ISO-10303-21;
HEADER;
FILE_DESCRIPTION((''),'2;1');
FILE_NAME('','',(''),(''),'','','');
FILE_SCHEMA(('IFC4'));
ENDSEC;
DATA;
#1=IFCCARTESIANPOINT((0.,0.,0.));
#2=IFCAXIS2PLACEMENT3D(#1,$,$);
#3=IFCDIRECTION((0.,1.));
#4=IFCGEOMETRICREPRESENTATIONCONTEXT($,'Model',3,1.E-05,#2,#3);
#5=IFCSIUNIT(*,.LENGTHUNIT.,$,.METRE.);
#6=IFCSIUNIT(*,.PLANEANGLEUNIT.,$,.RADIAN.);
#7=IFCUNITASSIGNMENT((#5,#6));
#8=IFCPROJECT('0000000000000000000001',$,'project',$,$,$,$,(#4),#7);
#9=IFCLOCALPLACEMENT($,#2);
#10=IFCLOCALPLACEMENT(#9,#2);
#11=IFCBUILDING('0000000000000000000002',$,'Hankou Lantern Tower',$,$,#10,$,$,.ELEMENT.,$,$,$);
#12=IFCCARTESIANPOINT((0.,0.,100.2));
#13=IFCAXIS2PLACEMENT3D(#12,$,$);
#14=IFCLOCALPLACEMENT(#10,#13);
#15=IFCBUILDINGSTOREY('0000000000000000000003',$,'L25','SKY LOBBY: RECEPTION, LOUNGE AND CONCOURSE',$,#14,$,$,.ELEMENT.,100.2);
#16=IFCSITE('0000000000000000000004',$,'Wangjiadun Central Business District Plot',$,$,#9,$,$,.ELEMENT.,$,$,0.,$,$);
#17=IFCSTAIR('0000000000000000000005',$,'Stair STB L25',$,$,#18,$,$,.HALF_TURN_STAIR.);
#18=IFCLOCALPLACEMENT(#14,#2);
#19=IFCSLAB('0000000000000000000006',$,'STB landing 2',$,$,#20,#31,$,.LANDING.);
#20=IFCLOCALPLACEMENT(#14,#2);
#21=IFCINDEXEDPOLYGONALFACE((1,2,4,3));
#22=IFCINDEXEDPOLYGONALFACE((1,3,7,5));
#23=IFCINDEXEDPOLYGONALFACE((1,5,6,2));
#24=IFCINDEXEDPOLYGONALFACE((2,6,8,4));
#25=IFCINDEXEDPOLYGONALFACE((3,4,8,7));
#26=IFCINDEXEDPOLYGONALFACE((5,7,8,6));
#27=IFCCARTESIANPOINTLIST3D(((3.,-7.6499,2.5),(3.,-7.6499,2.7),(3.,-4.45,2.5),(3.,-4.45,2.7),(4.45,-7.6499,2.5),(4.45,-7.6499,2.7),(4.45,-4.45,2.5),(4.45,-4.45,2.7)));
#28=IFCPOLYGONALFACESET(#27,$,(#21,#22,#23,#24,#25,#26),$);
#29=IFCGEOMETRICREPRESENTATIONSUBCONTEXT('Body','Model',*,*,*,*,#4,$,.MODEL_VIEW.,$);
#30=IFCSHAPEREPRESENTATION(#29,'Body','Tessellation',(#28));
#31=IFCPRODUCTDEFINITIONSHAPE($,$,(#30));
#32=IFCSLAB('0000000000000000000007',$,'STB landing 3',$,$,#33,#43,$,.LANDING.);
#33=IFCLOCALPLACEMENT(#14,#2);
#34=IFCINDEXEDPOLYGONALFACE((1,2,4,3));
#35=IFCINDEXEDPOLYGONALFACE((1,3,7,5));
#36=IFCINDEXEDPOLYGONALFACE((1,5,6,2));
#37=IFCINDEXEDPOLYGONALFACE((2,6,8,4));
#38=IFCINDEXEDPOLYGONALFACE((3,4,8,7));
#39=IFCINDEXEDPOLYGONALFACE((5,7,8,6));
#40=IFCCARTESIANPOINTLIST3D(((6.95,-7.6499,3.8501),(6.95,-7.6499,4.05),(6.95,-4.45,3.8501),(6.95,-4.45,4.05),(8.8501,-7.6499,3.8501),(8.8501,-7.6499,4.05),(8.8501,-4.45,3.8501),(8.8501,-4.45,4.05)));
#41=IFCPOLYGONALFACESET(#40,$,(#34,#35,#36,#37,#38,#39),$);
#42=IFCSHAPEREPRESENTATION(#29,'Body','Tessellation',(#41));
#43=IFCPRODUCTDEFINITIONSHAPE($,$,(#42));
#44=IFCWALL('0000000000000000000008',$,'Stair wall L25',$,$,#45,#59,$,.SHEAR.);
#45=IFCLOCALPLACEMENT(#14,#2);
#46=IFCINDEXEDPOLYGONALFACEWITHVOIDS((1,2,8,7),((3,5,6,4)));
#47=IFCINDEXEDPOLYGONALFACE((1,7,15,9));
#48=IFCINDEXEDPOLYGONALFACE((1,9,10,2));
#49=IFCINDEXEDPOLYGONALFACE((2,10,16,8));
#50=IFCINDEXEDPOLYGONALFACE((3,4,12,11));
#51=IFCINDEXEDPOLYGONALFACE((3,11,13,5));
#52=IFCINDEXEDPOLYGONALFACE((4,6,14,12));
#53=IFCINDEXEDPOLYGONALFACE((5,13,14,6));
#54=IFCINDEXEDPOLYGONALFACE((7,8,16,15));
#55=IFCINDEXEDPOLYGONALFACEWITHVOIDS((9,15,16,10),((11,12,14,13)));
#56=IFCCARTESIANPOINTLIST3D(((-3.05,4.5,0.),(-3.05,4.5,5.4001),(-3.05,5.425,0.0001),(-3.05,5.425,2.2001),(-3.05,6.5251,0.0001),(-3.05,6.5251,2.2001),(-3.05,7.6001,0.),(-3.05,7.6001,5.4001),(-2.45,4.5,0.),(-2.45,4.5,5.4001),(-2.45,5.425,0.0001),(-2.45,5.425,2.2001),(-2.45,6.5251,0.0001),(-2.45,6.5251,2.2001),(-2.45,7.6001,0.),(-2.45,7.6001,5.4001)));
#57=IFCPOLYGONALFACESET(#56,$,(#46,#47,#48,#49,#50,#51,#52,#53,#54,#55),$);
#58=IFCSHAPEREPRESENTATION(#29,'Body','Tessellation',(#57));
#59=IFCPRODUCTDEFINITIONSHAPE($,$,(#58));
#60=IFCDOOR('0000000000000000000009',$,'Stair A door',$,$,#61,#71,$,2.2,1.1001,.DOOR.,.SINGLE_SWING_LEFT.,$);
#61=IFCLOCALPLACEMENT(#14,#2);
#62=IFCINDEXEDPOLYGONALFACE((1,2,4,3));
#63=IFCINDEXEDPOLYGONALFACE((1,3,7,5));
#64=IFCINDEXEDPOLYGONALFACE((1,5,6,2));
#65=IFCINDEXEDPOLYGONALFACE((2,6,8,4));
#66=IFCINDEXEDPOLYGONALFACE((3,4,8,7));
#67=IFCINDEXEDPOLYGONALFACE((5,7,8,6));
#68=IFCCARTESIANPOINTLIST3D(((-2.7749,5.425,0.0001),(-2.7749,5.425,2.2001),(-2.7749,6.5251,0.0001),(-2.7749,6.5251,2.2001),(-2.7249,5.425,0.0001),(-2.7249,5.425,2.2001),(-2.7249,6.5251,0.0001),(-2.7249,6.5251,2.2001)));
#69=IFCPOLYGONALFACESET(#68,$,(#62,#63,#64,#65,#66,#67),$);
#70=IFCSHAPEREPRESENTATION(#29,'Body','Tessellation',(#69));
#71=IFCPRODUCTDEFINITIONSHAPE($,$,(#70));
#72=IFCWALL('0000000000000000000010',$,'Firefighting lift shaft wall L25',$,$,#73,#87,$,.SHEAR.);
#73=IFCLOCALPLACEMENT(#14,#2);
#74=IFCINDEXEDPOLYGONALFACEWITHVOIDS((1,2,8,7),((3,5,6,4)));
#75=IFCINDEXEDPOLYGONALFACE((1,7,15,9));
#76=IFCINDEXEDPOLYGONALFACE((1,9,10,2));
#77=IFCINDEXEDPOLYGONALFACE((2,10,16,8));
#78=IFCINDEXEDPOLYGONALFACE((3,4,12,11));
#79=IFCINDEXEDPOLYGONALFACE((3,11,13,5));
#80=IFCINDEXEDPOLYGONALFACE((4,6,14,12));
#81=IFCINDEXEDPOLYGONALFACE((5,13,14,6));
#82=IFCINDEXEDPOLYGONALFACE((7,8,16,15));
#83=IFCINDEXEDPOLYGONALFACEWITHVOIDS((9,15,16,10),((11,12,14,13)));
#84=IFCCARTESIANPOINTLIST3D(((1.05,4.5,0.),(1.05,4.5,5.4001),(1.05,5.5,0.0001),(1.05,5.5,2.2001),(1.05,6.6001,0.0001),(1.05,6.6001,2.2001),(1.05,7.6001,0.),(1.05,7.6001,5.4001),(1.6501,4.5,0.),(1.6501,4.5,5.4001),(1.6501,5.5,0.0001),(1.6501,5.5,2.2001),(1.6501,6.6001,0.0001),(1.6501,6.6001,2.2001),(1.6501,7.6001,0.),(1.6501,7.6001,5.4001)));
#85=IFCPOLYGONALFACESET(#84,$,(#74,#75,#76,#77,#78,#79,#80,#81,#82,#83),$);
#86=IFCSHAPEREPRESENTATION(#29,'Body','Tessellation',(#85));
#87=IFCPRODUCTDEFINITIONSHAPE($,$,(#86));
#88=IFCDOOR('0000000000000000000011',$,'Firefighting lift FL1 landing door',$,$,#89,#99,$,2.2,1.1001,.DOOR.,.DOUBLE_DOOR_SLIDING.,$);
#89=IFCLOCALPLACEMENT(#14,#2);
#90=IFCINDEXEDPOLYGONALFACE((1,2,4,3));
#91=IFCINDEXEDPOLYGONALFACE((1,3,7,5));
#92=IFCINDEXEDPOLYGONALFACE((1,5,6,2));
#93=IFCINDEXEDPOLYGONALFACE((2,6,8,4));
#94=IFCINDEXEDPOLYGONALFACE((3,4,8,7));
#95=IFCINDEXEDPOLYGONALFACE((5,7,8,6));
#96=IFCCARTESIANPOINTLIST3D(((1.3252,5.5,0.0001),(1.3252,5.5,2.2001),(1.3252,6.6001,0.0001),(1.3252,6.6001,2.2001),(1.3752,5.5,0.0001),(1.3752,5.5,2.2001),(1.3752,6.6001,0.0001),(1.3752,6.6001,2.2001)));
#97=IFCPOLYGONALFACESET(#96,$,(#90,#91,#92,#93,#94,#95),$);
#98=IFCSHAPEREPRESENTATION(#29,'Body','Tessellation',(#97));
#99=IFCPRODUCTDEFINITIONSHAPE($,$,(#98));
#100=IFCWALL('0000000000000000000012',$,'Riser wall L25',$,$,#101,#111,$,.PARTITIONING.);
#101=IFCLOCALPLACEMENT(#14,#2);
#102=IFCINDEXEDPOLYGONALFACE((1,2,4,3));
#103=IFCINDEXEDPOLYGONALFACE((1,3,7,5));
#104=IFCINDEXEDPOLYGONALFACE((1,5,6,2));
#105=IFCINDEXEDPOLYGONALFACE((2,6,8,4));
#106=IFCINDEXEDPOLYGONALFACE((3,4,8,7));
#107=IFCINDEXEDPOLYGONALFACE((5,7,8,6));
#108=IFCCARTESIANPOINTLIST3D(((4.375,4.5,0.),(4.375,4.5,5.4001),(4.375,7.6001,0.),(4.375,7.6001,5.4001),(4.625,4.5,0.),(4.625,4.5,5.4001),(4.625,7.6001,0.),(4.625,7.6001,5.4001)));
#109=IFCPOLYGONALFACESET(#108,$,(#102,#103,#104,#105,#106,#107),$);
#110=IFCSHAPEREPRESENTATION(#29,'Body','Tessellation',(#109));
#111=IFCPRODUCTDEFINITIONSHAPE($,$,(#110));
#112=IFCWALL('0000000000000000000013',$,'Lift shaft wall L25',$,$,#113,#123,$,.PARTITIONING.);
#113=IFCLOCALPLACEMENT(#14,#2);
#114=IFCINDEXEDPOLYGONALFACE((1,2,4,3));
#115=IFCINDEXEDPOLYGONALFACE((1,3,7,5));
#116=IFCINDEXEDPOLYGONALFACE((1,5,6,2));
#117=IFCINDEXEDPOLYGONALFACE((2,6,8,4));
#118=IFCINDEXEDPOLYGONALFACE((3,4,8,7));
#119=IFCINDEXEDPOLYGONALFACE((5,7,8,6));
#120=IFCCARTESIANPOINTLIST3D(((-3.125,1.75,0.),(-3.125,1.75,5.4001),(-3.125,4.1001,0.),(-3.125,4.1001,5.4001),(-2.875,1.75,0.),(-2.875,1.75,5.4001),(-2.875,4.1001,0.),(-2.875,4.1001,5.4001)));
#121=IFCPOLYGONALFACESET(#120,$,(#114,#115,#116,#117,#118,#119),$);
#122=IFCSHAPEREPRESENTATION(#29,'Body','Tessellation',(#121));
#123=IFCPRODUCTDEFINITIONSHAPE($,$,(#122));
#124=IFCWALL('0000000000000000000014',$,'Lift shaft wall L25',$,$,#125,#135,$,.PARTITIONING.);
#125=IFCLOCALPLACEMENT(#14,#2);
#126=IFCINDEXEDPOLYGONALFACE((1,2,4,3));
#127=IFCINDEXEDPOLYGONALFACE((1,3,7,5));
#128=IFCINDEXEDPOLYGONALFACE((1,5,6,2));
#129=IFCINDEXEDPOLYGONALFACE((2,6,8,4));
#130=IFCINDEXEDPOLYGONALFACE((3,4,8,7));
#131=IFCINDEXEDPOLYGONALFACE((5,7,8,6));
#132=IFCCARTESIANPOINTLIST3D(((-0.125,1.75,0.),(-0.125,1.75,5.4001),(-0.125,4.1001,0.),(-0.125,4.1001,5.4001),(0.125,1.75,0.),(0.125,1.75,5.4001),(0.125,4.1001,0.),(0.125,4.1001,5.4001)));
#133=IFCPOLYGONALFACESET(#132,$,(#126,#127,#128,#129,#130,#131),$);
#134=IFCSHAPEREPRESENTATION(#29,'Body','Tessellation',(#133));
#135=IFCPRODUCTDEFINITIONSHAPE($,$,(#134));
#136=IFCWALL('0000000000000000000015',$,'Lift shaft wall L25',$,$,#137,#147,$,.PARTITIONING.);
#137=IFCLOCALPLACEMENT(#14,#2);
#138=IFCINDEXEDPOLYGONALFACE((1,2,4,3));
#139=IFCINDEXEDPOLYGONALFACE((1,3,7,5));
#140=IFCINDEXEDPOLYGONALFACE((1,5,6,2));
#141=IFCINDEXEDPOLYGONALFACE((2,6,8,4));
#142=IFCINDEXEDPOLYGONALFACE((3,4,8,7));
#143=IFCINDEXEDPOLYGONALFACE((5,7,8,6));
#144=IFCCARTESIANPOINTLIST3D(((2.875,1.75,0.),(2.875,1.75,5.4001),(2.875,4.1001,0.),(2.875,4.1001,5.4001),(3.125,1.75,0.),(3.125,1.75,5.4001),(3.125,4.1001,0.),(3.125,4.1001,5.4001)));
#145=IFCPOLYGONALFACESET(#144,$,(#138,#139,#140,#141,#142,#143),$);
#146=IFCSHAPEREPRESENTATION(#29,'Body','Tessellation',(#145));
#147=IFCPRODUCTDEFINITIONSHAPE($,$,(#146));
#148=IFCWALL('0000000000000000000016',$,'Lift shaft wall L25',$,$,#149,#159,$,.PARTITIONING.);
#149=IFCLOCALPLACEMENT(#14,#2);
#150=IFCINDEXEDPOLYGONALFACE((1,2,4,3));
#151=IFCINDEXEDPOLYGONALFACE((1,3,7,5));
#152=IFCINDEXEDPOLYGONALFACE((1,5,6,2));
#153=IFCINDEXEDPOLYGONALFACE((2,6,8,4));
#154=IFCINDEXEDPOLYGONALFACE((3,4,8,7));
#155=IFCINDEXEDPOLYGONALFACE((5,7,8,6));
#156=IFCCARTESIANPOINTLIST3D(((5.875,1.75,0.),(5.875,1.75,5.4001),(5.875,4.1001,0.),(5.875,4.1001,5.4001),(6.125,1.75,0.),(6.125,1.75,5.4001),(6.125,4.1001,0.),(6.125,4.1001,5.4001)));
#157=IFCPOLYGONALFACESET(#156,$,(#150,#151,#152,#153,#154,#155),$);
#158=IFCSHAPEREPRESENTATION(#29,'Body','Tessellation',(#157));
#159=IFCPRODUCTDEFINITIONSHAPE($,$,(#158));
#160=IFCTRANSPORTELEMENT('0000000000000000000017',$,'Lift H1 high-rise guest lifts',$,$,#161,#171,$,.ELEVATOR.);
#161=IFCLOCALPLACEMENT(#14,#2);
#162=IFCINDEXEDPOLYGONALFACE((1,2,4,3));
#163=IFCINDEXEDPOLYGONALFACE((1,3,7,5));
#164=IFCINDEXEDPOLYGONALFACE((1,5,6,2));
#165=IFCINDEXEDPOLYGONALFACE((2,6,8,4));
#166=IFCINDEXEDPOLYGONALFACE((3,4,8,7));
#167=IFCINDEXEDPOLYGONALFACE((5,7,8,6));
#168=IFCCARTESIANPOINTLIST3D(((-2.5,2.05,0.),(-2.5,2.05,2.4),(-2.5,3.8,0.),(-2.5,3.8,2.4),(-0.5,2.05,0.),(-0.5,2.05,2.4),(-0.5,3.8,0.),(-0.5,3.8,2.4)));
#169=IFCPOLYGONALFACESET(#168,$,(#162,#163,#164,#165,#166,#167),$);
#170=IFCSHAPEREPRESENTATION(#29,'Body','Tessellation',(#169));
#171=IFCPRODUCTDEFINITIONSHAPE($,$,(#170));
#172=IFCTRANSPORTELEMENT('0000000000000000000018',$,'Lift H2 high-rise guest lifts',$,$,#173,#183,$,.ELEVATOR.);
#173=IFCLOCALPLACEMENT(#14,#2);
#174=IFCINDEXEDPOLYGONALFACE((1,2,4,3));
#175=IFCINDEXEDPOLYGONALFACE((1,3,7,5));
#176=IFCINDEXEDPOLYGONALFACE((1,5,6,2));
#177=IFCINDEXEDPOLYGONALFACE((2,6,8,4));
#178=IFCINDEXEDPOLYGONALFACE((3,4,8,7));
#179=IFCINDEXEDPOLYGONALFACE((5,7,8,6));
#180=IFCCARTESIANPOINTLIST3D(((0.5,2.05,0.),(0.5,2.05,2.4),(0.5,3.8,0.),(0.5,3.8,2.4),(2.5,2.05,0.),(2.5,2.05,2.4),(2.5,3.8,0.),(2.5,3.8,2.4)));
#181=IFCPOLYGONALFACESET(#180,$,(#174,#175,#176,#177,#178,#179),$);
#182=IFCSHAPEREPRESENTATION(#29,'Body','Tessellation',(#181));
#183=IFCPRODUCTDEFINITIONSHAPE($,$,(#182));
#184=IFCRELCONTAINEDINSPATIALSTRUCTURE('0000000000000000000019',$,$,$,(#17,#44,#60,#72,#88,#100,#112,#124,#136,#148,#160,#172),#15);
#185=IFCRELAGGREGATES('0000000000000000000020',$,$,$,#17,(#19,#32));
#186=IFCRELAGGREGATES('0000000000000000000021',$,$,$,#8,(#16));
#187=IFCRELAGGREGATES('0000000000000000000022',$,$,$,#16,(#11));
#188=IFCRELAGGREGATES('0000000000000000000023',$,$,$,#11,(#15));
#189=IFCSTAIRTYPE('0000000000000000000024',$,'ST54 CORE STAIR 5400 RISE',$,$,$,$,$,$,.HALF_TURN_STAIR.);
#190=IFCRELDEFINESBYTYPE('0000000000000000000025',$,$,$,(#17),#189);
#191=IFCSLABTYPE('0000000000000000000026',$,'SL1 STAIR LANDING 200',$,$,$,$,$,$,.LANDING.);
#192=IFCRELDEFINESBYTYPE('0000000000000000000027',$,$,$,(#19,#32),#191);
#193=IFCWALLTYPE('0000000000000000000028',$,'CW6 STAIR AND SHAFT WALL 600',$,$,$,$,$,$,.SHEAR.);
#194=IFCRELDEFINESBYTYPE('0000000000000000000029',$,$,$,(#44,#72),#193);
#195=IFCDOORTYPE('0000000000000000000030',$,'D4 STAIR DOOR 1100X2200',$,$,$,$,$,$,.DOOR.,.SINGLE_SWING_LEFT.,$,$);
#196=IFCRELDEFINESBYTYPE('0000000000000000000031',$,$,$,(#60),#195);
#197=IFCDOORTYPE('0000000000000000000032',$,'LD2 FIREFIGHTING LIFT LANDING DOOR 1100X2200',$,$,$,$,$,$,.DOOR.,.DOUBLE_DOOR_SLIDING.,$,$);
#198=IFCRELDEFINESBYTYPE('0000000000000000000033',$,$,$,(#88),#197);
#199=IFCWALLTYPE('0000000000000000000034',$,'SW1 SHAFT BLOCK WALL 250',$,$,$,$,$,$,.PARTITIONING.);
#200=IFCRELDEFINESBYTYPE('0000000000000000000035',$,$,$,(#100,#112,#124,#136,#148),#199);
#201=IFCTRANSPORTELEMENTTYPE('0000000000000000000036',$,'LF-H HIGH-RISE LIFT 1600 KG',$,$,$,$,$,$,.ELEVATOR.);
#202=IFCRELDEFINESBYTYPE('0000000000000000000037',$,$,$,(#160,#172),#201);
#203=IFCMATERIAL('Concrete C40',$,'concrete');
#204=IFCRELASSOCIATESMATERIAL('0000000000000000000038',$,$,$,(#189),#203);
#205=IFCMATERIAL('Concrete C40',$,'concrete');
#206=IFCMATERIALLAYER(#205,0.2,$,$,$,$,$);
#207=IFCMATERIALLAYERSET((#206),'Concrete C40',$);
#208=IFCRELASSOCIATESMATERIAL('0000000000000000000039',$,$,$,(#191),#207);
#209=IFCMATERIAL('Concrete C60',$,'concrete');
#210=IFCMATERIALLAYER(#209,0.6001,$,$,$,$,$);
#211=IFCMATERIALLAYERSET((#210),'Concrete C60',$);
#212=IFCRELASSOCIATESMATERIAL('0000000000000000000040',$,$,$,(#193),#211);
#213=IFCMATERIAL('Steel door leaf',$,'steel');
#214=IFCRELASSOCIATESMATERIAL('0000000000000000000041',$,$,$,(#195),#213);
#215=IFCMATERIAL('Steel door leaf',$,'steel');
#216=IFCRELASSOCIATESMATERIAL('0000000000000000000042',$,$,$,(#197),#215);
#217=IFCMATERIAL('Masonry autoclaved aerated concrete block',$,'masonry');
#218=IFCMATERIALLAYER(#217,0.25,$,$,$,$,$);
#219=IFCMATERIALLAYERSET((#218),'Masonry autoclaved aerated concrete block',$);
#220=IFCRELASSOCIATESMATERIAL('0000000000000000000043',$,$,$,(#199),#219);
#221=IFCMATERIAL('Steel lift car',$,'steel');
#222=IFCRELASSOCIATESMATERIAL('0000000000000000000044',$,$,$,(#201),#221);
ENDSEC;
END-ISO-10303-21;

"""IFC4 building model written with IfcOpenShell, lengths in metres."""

from ifc_helpers import new_model, si_unit, direction, frame, frame_2d, origin, origin_2d, place, context, subcontext, project, spatial, polyline, rectangle, outline, extrude, material, layer, layer_set, type_object, element, fill, aggregate, save


model = new_model("IFC4")

# Units and contexts
model_context = context("Model", 3, precision=1e-05, world=origin(), true_north=direction((0.0, 1.0)))
body_context = subcontext(model_context, "Body", "Model", "MODEL_VIEW")
ifc_project = project(units=[si_unit("LENGTHUNIT", "METRE"), si_unit("PLANEANGLEUNIT", "RADIAN")], contexts=[model_context])

# Site, building, storey
site_placement = place(None, origin())
site = spatial("IfcSite", under=ifc_project, at=site_placement, Name="Wangjiadun Central Business District Plot", CompositionType="ELEMENT", RefElevation=0.0)
building_placement = place(site_placement, origin())
building = spatial("IfcBuilding", under=site, at=building_placement, Name="Hankou Lantern Tower", CompositionType="ELEMENT")
storey_placement = place(building_placement, frame((0.0, 0.0, 100.2)))
storey = spatial("IfcBuildingStorey", under=building, at=storey_placement, Name="L25", Description="SKY LOBBY: RECEPTION, LOUNGE AND CONCOURSE", CompositionType="ELEMENT", Elevation=100.2)

# Stair, slabs
ifc_material_1 = material(Name="Concrete C40", Category="concrete")
stair_type = type_object("IfcStairType", Name="ST54 CORE STAIR 5400 RISE", PredefinedType="HALF_TURN_STAIR", material=ifc_material_1)
ifc_material_2 = material(Name="Concrete C40", Category="concrete")
ifc_layer_1 = layer(ifc_material_2, 0.2)
ifc_layer_set_1 = layer_set([ifc_layer_1], Name="Concrete C40")
slab_type = type_object("IfcSlabType", Name="SL1 STAIR LANDING 200", PredefinedType="LANDING", material=ifc_layer_set_1)
stair_1_placement = place(storey_placement, origin())
stair_1 = element("IfcStair", 1, at=stair_1_placement, inside=storey, type_object=stair_type, Name="Stair STB L25", PredefinedType="HALF_TURN_STAIR")
slab_1_placement = place(storey_placement, frame((0.0, 0.0, 2.5)))
slab_1 = element("IfcSlab", 2, at=slab_1_placement, type_object=slab_type, Name="STB landing 2", PredefinedType="LANDING", context=body_context, shape_type="SweptSolid", body=[
    extrude(outline(polyline([(4.45, -4.45), (3.0, -4.45), (3.0, -7.6499), (4.45, -7.6499), (4.45, -4.45)])), origin(), (0.0, 0.0, 1.0), 0.2),
])
slab_2_placement = place(storey_placement, frame((0.0, 0.0, 3.8501)))
slab_2 = element("IfcSlab", 3, at=slab_2_placement, type_object=slab_type, Name="STB landing 3", PredefinedType="LANDING", context=body_context, shape_type="SweptSolid", body=[
    extrude(outline(polyline([(8.8501, -4.45), (6.95, -4.45), (6.95, -7.6499), (8.8501, -7.6499), (8.8501, -4.45)])), origin(), (0.0, 0.0, 1.0), 0.2),
])
aggregate(stair_1, [slab_1, slab_2])

# Walls, openings, doors
ifc_material_3 = material(Name="Concrete C60", Category="concrete")
ifc_layer_2 = layer(ifc_material_3, 0.6001)
ifc_layer_set_2 = layer_set([ifc_layer_2], Name="Concrete C60")
wall_type_1 = type_object("IfcWallType", Name="CW6 STAIR AND SHAFT WALL 600", PredefinedType="SHEAR", material=ifc_layer_set_2)
wall_1_placement = place(storey_placement, frame((-2.75, 4.5, 0.0), z_axis=(0.0, 0.0, 1.0), x_axis=(0.0, 1.0, 0.0)))
wall_1 = element("IfcWall", 4, at=wall_1_placement, inside=storey, type_object=wall_type_1, Name="Stair wall L25", PredefinedType="SHEAR", context=body_context, shape_type="SweptSolid", body=[
    extrude(rectangle(XDim=3.1001, YDim=0.6001, at=frame_2d((1.55, 0.0))), origin(), (0.0, 0.0, 1.0), 5.4001),
])
opening_1_placement = place(wall_1_placement, frame((0.925, 0.0, 0.0)))
opening_1 = element("IfcOpeningElement", 5, at=opening_1_placement, cuts=wall_1, PredefinedType="OPENING", context=body_context, shape_type="SweptSolid", body=[
    extrude(rectangle(XDim=1.1001, YDim=2.2, at=frame_2d((0.55, 1.1001))), frame((0.0, 0.3101, 0.0), z_axis=(0.0, -1.0, 0.0), x_axis=(1.0, 0.0, 0.0)), (0.0, 0.0, 1.0), 0.6201),
])
ifc_material_4 = material(Name="Steel door leaf", Category="steel")
door_type_1 = type_object("IfcDoorType", Name="D4 STAIR DOOR 1100X2200", OperationType="SINGLE_SWING_LEFT", PredefinedType="DOOR", material=ifc_material_4)
door_1_placement = place(opening_1_placement, origin())
door_1 = element("IfcDoor", 6, at=door_1_placement, inside=storey, type_object=door_type_1, Name="Stair A door", OperationType="SINGLE_SWING_LEFT", OverallHeight=2.2, OverallWidth=1.1001, PredefinedType="DOOR", context=body_context, shape_type="SweptSolid", body=[
    extrude(rectangle(XDim=1.1001, YDim=2.2, at=frame_2d((0.55, 1.1001))), frame((0.0, 0.0249, 0.0), z_axis=(0.0, -1.0, 0.0), x_axis=(1.0, 0.0, 0.0)), (0.0, 0.0, 1.0), 0.05),
])
fill(opening_1, door_1)
wall_2_placement = place(storey_placement, frame((1.3501, 4.5, 0.0), z_axis=(0.0, 0.0, 1.0), x_axis=(0.0, 1.0, 0.0)))
wall_2 = element("IfcWall", 7, at=wall_2_placement, inside=storey, type_object=wall_type_1, Name="Firefighting lift shaft wall L25", PredefinedType="SHEAR", context=body_context, shape_type="SweptSolid", body=[
    extrude(rectangle(XDim=3.1001, YDim=0.6001, at=frame_2d((1.55, 0.0))), origin(), (0.0, 0.0, 1.0), 5.4001),
])
opening_2_placement = place(wall_2_placement, frame((1.0, 0.0, 0.0)))
opening_2 = element("IfcOpeningElement", 8, at=opening_2_placement, cuts=wall_2, PredefinedType="OPENING", context=body_context, shape_type="SweptSolid", body=[
    extrude(rectangle(XDim=1.1001, YDim=2.2, at=frame_2d((0.55, 1.1001))), frame((0.0, 0.3101, 0.0), z_axis=(0.0, -1.0, 0.0), x_axis=(1.0, 0.0, 0.0)), (0.0, 0.0, 1.0), 0.6201),
])
ifc_material_5 = material(Name="Steel door leaf", Category="steel")
door_type_2 = type_object("IfcDoorType", Name="LD2 FIREFIGHTING LIFT LANDING DOOR 1100X2200", OperationType="DOUBLE_DOOR_SLIDING", PredefinedType="DOOR", material=ifc_material_5)
door_2_placement = place(opening_2_placement, origin())
door_2 = element("IfcDoor", 9, at=door_2_placement, inside=storey, type_object=door_type_2, Name="Firefighting lift FL1 landing door", OperationType="DOUBLE_DOOR_SLIDING", OverallHeight=2.2, OverallWidth=1.1001, PredefinedType="DOOR", context=body_context, shape_type="SweptSolid", body=[
    extrude(rectangle(XDim=1.1001, YDim=2.2, at=frame_2d((0.55, 1.1001))), frame((0.0, 0.0249, 0.0), z_axis=(0.0, -1.0, 0.0), x_axis=(1.0, 0.0, 0.0)), (0.0, 0.0, 1.0), 0.05),
])
fill(opening_2, door_2)

# Walls
ifc_material_6 = material(Name="Masonry autoclaved aerated concrete block", Category="masonry")
ifc_layer_3 = layer(ifc_material_6, 0.25)
ifc_layer_set_3 = layer_set([ifc_layer_3], Name="Masonry autoclaved aerated concrete block")
wall_type_2 = type_object("IfcWallType", Name="SW1 SHAFT BLOCK WALL 250", PredefinedType="PARTITIONING", material=ifc_layer_set_3)
wall_3_placement = place(storey_placement, frame((4.5, 4.5, 0.0), z_axis=(0.0, 0.0, 1.0), x_axis=(0.0, 1.0, 0.0)))
element("IfcWall", 10, at=wall_3_placement, inside=storey, type_object=wall_type_2, Name="Riser wall L25", PredefinedType="PARTITIONING", context=body_context, shape_type="SweptSolid", body=[
    extrude(rectangle(XDim=3.1001, YDim=0.25, at=frame_2d((1.55, 0.0))), origin(), (0.0, 0.0, 1.0), 5.4001),
])
for number, where, z_axis, x_axis, name in (
    (11, (-3.0, 1.75, 0.0), (0.0, 0.0, 1.0), (0.0, 1.0, 0.0), "Lift shaft wall L25"),
    (12, (0.0, 1.75, 0.0), (0.0, 0.0, 1.0), (0.0, 1.0, 0.0), "Lift shaft wall L25"),
    (13, (3.0, 1.75, 0.0), (0.0, 0.0, 1.0), (0.0, 1.0, 0.0), "Lift shaft wall L25"),
    (14, (6.0, 1.75, 0.0), (0.0, 0.0, 1.0), (0.0, 1.0, 0.0), "Lift shaft wall L25"),
):
    element("IfcWall", number, at=place(storey_placement, frame(where, z_axis=z_axis, x_axis=x_axis)), inside=storey, type_object=wall_type_2, Name=name, PredefinedType="PARTITIONING", context=body_context, shape_type="SweptSolid", body=[
        extrude(rectangle(XDim=2.3501, YDim=0.25, at=frame_2d((1.175, 0.0))), origin(), (0.0, 0.0, 1.0), 5.4001),
    ])

# Transport elements
ifc_material_7 = material(Name="Steel lift car", Category="steel")
transport_element_type_1 = type_object("IfcTransportElementType", Name="LF-H HIGH-RISE LIFT 1600 KG", PredefinedType="ELEVATOR", material=ifc_material_7)
for number, where, z_axis, x_axis, name in (
    (15, (-1.5, 2.925, 0.0), (0.0, 0.0, 1.0), (1.0, 0.0, 0.0), "Lift H1 high-rise guest lifts"),
    (16, (1.5, 2.925, 0.0), (0.0, 0.0, 1.0), (1.0, 0.0, 0.0), "Lift H2 high-rise guest lifts"),
):
    element("IfcTransportElement", number, at=place(storey_placement, frame(where, z_axis=z_axis, x_axis=x_axis)), inside=storey, type_object=transport_element_type_1, Name=name, PredefinedType="ELEVATOR", context=body_context, shape_type="SweptSolid", body=[
        extrude(rectangle(XDim=2.0, YDim=1.75, at=origin_2d()), origin(), (0.0, 0.0, 1.0), 2.4),
    ])

save(model, "model.ifc")
